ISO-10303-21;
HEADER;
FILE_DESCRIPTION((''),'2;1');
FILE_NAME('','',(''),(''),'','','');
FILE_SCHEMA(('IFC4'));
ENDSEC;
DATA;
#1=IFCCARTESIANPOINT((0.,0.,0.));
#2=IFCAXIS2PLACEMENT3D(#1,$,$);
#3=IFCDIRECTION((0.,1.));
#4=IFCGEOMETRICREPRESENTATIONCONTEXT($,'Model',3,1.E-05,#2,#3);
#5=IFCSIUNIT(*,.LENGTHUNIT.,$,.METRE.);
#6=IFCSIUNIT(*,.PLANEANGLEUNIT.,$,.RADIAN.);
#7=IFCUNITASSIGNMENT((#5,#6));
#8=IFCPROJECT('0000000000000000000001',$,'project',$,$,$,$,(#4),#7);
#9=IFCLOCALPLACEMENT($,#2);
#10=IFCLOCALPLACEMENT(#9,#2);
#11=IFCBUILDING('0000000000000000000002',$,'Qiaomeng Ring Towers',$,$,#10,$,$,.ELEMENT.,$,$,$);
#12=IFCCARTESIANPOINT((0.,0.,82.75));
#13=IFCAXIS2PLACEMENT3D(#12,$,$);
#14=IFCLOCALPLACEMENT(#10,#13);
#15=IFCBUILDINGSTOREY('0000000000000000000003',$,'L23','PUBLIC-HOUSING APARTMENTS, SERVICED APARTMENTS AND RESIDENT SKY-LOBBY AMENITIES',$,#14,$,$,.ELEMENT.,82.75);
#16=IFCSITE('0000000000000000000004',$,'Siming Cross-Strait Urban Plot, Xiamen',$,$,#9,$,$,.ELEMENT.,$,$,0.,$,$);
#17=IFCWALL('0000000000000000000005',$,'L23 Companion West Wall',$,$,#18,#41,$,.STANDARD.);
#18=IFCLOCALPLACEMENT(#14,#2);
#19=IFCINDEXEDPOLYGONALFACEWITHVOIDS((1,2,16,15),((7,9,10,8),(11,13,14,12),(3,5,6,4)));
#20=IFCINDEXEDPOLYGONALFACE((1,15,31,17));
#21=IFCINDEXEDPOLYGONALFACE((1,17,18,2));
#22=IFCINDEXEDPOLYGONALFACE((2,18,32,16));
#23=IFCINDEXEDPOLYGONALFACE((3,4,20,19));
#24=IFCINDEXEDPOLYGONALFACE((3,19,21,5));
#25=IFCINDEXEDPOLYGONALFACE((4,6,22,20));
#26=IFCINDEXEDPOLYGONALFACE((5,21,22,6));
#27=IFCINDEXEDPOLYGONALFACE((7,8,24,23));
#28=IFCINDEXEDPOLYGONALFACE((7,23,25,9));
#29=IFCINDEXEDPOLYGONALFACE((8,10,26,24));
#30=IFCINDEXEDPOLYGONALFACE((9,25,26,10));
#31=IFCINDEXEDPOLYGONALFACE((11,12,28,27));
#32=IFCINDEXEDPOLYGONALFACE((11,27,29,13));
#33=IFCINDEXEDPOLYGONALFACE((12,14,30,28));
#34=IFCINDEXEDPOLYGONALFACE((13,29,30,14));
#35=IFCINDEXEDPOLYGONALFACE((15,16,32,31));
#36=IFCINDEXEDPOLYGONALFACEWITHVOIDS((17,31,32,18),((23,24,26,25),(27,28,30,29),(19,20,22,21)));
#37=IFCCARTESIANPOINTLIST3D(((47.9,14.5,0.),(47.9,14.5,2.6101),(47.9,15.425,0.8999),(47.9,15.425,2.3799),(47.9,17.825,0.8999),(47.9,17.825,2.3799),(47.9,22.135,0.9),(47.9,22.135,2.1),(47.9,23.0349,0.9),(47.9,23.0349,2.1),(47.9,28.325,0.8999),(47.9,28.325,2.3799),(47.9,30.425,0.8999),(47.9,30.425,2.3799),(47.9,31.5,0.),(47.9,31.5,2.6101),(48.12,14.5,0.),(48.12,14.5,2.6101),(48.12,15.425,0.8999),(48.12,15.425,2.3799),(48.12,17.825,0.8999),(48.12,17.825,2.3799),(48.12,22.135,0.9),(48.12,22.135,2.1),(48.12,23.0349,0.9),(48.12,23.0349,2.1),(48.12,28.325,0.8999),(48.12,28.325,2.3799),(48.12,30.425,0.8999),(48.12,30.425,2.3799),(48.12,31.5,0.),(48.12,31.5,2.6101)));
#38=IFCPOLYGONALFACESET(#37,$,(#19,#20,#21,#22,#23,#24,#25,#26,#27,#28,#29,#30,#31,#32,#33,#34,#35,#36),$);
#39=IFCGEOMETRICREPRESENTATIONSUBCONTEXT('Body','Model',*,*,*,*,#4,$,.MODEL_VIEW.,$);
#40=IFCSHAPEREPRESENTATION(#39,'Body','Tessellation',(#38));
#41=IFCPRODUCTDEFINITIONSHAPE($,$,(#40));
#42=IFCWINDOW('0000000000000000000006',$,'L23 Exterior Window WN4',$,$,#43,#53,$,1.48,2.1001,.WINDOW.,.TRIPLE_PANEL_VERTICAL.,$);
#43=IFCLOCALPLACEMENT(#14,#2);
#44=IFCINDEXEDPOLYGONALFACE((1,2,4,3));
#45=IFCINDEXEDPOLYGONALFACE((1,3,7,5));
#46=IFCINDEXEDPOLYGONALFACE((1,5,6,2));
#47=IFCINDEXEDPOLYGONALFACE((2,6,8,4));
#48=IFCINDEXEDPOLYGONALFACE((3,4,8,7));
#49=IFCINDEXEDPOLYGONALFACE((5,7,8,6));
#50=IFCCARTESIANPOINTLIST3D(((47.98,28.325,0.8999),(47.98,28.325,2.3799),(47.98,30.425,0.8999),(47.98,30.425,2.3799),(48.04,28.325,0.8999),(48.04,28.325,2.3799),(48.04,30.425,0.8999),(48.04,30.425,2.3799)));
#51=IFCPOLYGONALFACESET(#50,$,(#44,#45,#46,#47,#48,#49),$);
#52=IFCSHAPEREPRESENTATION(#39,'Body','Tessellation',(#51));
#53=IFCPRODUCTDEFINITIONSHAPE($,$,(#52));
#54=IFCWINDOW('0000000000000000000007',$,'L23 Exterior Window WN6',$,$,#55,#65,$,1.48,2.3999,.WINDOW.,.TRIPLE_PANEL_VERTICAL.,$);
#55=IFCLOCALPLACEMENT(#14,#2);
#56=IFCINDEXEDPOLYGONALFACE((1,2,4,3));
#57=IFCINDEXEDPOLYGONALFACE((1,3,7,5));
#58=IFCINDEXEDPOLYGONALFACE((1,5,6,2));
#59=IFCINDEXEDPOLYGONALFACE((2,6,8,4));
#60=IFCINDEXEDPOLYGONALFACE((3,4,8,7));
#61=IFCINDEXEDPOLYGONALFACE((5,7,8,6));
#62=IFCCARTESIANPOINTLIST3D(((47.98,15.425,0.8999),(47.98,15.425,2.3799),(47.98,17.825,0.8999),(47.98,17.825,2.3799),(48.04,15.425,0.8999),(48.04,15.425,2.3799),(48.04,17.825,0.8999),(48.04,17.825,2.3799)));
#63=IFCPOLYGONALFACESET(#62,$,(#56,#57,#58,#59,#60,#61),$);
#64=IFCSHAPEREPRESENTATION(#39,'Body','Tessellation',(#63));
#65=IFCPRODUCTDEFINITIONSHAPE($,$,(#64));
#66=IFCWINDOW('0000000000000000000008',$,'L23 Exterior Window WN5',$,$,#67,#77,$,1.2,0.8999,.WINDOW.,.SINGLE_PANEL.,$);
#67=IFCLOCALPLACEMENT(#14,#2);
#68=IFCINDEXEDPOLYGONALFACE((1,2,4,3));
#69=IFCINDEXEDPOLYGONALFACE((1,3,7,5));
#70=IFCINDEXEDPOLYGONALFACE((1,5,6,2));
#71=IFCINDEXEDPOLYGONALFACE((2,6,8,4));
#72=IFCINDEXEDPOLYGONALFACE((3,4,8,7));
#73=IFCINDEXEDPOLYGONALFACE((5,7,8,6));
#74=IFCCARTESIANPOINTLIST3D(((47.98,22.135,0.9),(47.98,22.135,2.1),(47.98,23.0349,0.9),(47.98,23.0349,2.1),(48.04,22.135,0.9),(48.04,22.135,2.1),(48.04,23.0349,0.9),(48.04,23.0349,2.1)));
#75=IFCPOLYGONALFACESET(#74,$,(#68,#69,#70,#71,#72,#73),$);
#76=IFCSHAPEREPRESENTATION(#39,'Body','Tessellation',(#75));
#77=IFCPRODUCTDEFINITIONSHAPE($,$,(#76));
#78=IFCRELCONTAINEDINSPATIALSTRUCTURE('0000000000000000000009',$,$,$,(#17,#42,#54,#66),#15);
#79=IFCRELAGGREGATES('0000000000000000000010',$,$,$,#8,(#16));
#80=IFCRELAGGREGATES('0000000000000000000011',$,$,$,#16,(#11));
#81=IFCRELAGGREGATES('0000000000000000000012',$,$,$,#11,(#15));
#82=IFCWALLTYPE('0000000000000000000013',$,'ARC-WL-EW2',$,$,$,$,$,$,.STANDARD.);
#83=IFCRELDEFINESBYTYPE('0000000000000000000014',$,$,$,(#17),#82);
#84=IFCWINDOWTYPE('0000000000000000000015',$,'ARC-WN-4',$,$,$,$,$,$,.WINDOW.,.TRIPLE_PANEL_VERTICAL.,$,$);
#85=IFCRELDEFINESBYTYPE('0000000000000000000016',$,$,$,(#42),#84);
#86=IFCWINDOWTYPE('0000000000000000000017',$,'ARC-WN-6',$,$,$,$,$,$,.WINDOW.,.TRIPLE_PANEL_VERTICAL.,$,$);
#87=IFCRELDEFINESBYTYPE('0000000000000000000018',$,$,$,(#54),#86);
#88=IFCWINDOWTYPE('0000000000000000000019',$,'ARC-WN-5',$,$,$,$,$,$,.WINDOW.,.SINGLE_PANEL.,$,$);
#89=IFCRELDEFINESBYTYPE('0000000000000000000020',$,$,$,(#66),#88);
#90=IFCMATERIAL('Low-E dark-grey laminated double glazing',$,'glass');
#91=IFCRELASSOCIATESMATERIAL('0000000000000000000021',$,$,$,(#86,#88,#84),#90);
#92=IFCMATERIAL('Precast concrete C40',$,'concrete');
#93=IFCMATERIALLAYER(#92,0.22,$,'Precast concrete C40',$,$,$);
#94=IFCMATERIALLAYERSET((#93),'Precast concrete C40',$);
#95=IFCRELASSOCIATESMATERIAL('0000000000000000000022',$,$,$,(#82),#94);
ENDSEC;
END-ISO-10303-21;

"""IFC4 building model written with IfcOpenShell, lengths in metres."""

from ifc_helpers import new_model, si_unit, direction, frame, frame_2d, origin, place, context, subcontext, project, spatial, rectangle, extrude, source, transform, mapped, material, layer, layer_set, type_object, element, fill, save


model = new_model("IFC4")

# Units and contexts
model_context = context("Model", 3, precision=1e-05, world=origin(), true_north=direction((0.0, 1.0)))
body_context = subcontext(model_context, "Body", "Model", "MODEL_VIEW")
ifc_project = project(units=[si_unit("LENGTHUNIT", "METRE"), si_unit("PLANEANGLEUNIT", "RADIAN")], contexts=[model_context])

# Site, building, storey
site_placement = place(None, origin())
site = spatial("IfcSite", under=ifc_project, at=site_placement, Name="Siming Cross-Strait Urban Plot, Xiamen", CompositionType="ELEMENT", RefElevation=0.0)
building_placement = place(site_placement, origin())
building = spatial("IfcBuilding", under=site, at=building_placement, Name="Qiaomeng Ring Towers", CompositionType="ELEMENT")
storey_placement = place(building_placement, frame((0.0, 0.0, 82.75)))
storey = spatial("IfcBuildingStorey", under=building, at=storey_placement, Name="L23", Description="PUBLIC-HOUSING APARTMENTS, SERVICED APARTMENTS AND RESIDENT SKY-LOBBY AMENITIES", CompositionType="ELEMENT", Elevation=82.75)

# Shared definitions
ifc_material_1 = material(Name="Low-E dark-grey laminated double glazing", Category="glass")

# Shared definitions
ifc_material_2 = material(Name="Precast concrete C40", Category="concrete")
window_type_1 = type_object("IfcWindowType", Name="ARC-WN-6", PartitioningType="TRIPLE_PANEL_VERTICAL", PredefinedType="WINDOW", material=ifc_material_1)
shared_shape_1 = source(origin(), body_context, "Body", "SweptSolid", [
    extrude(rectangle(XDim=2.3999, YDim=1.48, at=frame_2d((1.2, 0.74))), frame((0.0, 0.03, 0.0), z_axis=(0.0, -1.0, 0.0), x_axis=(1.0, 0.0, 0.0)), (0.0, 0.0, 1.0), 0.0601),
])
window_type_2 = type_object("IfcWindowType", Name="ARC-WN-5", PartitioningType="SINGLE_PANEL", PredefinedType="WINDOW", material=ifc_material_1)
shared_shape_2 = source(origin(), body_context, "Body", "SweptSolid", [
    extrude(rectangle(XDim=0.8999, YDim=1.2, at=frame_2d((0.45, 0.6001))), frame((0.0, 0.03, 0.0), z_axis=(0.0, -1.0, 0.0), x_axis=(1.0, 0.0, 0.0)), (0.0, 0.0, 1.0), 0.0601),
])

# Wall, openings, windows
ifc_layer_1 = layer(ifc_material_2, 0.22, Name="Precast concrete C40")
ifc_layer_set_1 = layer_set([ifc_layer_1], Name="Precast concrete C40")
wall_type_1 = type_object("IfcWallType", Name="ARC-WL-EW2", PredefinedType="STANDARD", material=ifc_layer_set_1)
wall_1_placement = place(storey_placement, frame((48.01, 14.5, 0.0), z_axis=(0.0, 0.0, 1.0), x_axis=(0.0, 1.0, 0.0)))
wall_1 = element("IfcWall", 1, at=wall_1_placement, inside=storey, type_object=wall_type_1, Name="L23 Companion West Wall", PredefinedType="STANDARD", context=body_context, shape_type="SweptSolid", body=[
    extrude(rectangle(XDim=17.0, YDim=0.22, at=frame_2d((8.5, 0.0))), origin(), (0.0, 0.0, 1.0), 2.6101),
])
opening_1_placement = place(wall_1_placement, frame((0.925, 0.0, 0.8999)))
opening_1 = element("IfcOpeningElement", 2, at=opening_1_placement, cuts=wall_1, PredefinedType="OPENING", context=body_context, shape_type="SweptSolid", body=[
    extrude(rectangle(XDim=2.3999, YDim=1.48, at=frame_2d((1.2, 0.74))), frame((0.0, 0.1199, 0.0), z_axis=(0.0, -1.0, 0.0), x_axis=(1.0, 0.0, 0.0)), (0.0, 0.0, 1.0), 0.24),
])
opening_2_placement = place(wall_1_placement, frame((13.825, 0.0, 0.8999)))
opening_2 = element("IfcOpeningElement", 3, at=opening_2_placement, cuts=wall_1, PredefinedType="OPENING", context=body_context, shape_type="SweptSolid", body=[
    extrude(rectangle(XDim=2.1001, YDim=1.48, at=frame_2d((1.05, 0.74))), frame((0.0, 0.1199, 0.0), z_axis=(0.0, -1.0, 0.0), x_axis=(1.0, 0.0, 0.0)), (0.0, 0.0, 1.0), 0.24),
])
opening_3_placement = place(wall_1_placement, frame((7.635, 0.0, 0.8999)))
opening_3 = element("IfcOpeningElement", 4, at=opening_3_placement, cuts=wall_1, PredefinedType="OPENING", context=body_context, shape_type="SweptSolid", body=[
    extrude(rectangle(XDim=0.8999, YDim=1.2, at=frame_2d((0.45, 0.6001))), frame((0.0, 0.1199, 0.0), z_axis=(0.0, -1.0, 0.0), x_axis=(1.0, 0.0, 0.0)), (0.0, 0.0, 1.0), 0.24),
])
window_type_3 = type_object("IfcWindowType", Name="ARC-WN-4", PartitioningType="TRIPLE_PANEL_VERTICAL", PredefinedType="WINDOW", material=ifc_material_1)
shared_shape_3 = source(origin(), body_context, "Body", "SweptSolid", [
    extrude(rectangle(XDim=2.1001, YDim=1.48, at=frame_2d((1.05, 0.74))), frame((0.0, 0.03, 0.0), z_axis=(0.0, -1.0, 0.0), x_axis=(1.0, 0.0, 0.0)), (0.0, 0.0, 1.0), 0.0601),
])
window_1_placement = place(opening_2_placement, origin())
window_1 = element("IfcWindow", 5, at=window_1_placement, inside=storey, type_object=window_type_3, Name="L23 Exterior Window WN4", OverallHeight=1.48, OverallWidth=2.1001, PartitioningType="TRIPLE_PANEL_VERTICAL", PredefinedType="WINDOW", context=body_context, shape_type="MappedRepresentation", body=[
    mapped(shared_shape_3, transform((0.0, 0.0, 0.0), x_axis=(1.0, 0.0, 0.0), y_axis=(0.0, 1.0, 0.0), z_axis=(0.0, 0.0, 1.0), scale=1.0)),
])
fill(opening_2, window_1)
window_2_placement = place(opening_1_placement, origin())
window_2 = element("IfcWindow", 6, at=window_2_placement, inside=storey, type_object=window_type_1, Name="L23 Exterior Window WN6", OverallHeight=1.48, OverallWidth=2.3999, PartitioningType="TRIPLE_PANEL_VERTICAL", PredefinedType="WINDOW", context=body_context, shape_type="MappedRepresentation", body=[
    mapped(shared_shape_1, transform((0.0, 0.0, 0.0), x_axis=(1.0, 0.0, 0.0), y_axis=(0.0, 1.0, 0.0), z_axis=(0.0, 0.0, 1.0), scale=1.0)),
])
fill(opening_1, window_2)
window_3_placement = place(opening_3_placement, origin())
window_3 = element("IfcWindow", 7, at=window_3_placement, inside=storey, type_object=window_type_2, Name="L23 Exterior Window WN5", OverallHeight=1.2, OverallWidth=0.8999, PartitioningType="SINGLE_PANEL", PredefinedType="WINDOW", context=body_context, shape_type="MappedRepresentation", body=[
    mapped(shared_shape_2, transform((0.0, 0.0, 0.0), x_axis=(1.0, 0.0, 0.0), y_axis=(0.0, 1.0, 0.0), z_axis=(0.0, 0.0, 1.0), scale=1.0)),
])
fill(opening_3, window_3)

save(model, "model.ifc")
